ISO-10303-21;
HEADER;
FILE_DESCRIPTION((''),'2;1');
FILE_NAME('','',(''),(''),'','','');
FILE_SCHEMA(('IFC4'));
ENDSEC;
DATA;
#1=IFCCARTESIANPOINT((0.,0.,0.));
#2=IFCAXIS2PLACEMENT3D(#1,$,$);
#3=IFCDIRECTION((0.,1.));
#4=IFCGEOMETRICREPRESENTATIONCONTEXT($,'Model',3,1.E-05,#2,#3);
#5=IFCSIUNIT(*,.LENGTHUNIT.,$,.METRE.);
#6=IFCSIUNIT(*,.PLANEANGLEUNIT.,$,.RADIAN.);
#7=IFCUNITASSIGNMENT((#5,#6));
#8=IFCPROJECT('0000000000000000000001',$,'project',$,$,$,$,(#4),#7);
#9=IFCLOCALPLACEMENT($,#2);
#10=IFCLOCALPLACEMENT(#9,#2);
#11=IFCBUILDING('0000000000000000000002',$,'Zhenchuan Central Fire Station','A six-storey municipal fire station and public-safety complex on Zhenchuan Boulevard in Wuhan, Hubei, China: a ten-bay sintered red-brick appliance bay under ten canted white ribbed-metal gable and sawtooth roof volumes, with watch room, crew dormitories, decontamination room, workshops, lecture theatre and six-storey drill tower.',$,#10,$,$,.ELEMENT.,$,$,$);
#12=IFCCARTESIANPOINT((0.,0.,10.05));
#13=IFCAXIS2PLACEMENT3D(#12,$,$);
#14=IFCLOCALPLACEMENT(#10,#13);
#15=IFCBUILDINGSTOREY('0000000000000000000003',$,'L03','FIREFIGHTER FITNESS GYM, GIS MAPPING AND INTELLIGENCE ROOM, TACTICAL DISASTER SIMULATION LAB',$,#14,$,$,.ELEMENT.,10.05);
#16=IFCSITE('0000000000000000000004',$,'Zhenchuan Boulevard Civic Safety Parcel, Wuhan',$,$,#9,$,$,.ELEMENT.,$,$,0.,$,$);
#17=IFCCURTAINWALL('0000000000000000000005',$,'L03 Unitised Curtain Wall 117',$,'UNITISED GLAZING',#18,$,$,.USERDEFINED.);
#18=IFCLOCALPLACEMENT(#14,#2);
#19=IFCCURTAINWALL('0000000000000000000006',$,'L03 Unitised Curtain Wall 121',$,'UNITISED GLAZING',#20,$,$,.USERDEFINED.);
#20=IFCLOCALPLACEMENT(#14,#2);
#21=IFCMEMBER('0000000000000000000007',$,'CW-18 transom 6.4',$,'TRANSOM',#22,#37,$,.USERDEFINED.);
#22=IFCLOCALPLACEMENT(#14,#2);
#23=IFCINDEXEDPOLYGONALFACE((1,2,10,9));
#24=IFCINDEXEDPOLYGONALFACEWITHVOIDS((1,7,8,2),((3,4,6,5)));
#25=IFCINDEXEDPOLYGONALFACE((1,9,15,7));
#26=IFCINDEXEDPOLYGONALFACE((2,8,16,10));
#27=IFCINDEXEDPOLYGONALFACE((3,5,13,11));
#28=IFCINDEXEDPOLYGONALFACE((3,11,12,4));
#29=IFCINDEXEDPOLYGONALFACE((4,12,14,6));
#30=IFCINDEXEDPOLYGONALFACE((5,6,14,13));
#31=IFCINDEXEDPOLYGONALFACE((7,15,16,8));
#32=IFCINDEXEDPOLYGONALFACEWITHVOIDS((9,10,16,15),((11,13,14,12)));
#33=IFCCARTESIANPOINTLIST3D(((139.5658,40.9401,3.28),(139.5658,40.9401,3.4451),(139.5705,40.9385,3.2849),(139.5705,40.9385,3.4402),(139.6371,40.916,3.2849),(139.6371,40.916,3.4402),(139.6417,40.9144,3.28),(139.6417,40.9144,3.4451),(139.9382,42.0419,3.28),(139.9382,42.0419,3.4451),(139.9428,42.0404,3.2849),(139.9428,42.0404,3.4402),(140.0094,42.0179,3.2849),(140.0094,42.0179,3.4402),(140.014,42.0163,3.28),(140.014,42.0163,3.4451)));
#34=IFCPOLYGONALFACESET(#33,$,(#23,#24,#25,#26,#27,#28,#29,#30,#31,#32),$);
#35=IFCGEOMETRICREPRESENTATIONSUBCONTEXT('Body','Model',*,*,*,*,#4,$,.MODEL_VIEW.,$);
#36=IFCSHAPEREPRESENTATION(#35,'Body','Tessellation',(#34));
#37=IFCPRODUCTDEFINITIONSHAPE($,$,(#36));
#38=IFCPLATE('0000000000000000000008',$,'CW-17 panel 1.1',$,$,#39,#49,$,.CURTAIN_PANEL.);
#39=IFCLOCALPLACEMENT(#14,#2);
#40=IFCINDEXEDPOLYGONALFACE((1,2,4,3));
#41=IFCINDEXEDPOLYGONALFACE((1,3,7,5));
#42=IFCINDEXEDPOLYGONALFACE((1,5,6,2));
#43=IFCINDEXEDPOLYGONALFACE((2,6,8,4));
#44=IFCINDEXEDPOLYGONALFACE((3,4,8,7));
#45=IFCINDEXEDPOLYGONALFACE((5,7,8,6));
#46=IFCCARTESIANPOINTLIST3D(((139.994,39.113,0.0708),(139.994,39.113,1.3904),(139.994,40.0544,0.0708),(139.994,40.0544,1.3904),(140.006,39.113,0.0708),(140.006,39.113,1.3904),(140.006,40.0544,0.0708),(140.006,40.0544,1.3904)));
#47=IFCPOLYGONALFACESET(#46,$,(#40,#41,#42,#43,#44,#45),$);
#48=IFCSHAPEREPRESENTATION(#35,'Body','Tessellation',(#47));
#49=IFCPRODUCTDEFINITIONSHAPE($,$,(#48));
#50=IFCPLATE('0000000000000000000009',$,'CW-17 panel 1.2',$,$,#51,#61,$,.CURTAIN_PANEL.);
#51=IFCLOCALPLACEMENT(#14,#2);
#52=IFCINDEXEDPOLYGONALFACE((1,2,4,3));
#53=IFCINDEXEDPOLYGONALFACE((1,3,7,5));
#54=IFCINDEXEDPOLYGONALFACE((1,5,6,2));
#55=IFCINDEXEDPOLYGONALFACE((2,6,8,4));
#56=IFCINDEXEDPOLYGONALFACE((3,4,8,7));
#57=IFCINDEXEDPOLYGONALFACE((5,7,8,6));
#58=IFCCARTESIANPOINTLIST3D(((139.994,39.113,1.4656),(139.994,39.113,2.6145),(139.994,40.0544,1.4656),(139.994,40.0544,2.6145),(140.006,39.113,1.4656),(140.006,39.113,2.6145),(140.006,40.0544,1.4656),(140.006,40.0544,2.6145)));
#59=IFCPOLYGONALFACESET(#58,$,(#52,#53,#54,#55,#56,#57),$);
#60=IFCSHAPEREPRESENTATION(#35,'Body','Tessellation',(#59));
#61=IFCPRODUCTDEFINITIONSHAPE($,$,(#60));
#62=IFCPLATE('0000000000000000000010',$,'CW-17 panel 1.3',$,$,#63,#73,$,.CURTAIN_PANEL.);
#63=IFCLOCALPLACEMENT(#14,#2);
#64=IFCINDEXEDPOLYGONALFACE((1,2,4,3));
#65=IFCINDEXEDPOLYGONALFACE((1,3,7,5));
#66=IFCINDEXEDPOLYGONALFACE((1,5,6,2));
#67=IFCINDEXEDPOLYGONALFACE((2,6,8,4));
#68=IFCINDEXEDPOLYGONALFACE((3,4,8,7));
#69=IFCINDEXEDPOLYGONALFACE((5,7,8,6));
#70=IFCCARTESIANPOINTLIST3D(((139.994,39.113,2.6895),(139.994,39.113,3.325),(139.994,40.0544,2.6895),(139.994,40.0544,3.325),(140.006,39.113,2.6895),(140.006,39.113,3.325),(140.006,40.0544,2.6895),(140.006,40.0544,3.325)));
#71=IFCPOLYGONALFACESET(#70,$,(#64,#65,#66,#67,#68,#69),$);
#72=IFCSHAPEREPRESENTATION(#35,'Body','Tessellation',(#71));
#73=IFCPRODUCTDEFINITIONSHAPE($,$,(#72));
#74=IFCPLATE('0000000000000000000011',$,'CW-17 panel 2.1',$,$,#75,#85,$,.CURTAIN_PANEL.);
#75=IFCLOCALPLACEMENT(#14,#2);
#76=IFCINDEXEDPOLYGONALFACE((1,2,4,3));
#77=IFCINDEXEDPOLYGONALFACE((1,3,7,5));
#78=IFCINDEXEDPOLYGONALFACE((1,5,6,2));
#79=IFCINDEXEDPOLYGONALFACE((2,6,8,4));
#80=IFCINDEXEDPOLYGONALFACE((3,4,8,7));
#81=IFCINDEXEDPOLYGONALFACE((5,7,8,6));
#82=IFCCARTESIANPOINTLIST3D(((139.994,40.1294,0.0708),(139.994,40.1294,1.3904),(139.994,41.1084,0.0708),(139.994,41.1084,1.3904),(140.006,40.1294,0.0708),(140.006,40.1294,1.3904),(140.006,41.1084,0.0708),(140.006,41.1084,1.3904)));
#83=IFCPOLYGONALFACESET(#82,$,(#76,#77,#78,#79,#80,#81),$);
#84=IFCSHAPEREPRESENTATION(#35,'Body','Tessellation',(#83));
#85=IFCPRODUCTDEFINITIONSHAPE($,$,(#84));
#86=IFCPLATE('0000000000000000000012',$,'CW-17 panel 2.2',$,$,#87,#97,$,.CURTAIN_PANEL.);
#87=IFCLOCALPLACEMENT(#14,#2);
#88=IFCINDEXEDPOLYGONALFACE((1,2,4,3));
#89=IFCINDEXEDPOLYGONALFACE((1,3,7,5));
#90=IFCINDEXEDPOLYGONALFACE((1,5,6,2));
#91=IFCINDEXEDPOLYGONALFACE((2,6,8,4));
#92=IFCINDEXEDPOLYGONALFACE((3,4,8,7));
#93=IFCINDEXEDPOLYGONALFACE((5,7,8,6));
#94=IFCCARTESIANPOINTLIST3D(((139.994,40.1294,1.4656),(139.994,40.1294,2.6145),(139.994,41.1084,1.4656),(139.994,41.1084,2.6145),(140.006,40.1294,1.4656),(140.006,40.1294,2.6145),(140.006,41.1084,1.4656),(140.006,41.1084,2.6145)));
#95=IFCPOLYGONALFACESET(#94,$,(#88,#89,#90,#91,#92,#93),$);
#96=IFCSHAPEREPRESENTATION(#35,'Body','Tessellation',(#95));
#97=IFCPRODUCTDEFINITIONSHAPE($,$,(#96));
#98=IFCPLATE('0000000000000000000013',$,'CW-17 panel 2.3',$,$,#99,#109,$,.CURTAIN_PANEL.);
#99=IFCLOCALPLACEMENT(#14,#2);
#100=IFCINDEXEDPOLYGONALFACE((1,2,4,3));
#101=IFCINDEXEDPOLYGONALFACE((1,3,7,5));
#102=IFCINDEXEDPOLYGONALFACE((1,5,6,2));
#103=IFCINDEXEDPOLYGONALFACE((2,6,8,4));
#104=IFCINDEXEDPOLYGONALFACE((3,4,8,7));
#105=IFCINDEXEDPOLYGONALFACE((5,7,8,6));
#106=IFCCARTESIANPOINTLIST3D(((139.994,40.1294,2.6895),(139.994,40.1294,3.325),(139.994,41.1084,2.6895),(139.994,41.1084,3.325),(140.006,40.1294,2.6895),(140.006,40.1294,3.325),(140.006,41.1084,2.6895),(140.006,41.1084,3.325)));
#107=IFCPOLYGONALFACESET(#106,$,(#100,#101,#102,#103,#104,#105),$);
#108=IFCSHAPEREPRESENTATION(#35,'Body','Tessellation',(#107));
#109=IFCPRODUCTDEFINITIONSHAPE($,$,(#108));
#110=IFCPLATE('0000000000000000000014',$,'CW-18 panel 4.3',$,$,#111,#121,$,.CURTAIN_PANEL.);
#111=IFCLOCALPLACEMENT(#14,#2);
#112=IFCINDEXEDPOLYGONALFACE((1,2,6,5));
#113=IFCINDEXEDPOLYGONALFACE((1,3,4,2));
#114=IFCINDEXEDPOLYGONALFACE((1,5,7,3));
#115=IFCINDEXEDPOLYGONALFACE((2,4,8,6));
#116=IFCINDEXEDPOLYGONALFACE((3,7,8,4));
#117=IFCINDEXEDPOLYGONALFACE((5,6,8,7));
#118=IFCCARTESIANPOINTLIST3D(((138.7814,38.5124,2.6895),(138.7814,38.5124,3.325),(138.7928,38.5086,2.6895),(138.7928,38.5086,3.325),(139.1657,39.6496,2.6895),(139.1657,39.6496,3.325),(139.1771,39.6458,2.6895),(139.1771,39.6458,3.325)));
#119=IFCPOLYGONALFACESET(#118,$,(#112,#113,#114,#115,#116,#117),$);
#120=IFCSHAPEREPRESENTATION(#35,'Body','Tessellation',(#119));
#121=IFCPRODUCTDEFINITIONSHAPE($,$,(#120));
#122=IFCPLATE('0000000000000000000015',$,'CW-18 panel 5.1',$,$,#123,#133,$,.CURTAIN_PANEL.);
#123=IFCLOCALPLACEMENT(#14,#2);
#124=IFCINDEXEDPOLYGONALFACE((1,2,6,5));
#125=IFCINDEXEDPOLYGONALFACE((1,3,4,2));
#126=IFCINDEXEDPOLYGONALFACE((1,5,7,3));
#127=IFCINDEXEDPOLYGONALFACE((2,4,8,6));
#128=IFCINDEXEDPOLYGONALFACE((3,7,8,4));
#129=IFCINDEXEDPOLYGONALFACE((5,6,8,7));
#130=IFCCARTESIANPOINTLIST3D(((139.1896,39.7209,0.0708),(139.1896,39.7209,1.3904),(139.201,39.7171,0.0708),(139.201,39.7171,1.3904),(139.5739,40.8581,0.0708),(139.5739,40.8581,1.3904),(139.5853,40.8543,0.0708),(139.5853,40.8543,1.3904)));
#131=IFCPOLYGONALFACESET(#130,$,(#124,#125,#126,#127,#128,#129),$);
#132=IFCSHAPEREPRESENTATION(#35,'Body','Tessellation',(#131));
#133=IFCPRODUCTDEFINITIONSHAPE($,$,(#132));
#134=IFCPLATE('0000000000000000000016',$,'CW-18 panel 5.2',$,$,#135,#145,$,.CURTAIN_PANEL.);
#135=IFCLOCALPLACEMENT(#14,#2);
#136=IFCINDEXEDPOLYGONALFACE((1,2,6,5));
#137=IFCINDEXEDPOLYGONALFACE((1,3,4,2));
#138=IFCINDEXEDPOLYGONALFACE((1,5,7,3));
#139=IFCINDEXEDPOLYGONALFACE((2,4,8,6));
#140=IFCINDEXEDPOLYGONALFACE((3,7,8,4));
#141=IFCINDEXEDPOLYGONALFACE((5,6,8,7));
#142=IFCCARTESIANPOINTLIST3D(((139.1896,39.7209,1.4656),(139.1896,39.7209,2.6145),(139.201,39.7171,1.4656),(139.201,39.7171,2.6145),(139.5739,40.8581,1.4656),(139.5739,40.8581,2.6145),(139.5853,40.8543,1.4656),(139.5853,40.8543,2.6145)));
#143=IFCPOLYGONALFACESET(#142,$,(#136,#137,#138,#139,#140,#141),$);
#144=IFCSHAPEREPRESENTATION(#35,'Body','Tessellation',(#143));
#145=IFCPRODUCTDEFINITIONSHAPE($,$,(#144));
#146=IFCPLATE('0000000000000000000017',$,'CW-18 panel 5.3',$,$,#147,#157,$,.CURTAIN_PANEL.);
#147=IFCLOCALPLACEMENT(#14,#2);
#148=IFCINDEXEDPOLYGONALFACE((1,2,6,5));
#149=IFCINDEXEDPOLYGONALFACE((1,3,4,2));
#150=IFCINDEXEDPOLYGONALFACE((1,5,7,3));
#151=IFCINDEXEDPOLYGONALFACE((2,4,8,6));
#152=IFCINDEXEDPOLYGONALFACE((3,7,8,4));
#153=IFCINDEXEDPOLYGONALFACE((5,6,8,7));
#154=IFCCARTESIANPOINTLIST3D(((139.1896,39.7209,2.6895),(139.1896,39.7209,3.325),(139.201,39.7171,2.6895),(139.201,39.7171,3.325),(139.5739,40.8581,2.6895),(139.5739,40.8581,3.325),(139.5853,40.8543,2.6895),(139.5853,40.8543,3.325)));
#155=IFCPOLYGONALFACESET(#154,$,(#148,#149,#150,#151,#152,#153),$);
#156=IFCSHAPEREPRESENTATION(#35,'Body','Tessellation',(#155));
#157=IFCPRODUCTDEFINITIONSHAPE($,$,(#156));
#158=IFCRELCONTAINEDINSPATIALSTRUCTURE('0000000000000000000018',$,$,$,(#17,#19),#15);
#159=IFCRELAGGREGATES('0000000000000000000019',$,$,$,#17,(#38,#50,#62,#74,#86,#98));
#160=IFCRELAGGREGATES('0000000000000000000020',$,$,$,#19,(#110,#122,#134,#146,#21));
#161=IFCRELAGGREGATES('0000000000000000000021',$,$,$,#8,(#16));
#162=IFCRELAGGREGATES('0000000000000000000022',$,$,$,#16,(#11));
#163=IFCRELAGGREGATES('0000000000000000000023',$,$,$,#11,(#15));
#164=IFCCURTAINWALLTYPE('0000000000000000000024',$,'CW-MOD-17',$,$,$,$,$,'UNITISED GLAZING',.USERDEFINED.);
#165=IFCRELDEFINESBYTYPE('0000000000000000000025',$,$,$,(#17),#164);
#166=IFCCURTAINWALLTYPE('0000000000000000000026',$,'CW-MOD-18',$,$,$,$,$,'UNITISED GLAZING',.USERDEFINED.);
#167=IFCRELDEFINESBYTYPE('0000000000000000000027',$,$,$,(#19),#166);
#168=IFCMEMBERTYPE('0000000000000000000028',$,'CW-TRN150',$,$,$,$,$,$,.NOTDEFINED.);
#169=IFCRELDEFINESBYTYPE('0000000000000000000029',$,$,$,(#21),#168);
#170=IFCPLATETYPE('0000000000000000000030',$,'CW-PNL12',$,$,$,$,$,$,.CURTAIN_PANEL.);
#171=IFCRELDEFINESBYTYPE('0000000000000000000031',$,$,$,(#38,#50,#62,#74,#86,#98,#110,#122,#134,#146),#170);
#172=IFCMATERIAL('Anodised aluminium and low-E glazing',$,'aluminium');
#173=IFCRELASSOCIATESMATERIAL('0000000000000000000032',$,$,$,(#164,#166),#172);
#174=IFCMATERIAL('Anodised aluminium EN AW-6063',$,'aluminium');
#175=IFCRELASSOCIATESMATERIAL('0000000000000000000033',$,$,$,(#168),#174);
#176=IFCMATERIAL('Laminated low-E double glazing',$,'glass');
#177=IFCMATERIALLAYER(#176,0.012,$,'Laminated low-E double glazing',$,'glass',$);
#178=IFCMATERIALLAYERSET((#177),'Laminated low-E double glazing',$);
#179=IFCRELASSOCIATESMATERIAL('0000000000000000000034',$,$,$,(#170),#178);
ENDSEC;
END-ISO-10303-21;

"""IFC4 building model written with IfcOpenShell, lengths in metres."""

from ifc_helpers import new_model, si_unit, direction, frame, origin, origin_2d, place, context, subcontext, project, spatial, rectangle, hollow_rectangle, extrude, material, layer, layer_set, material_profile, profile_set, type_object, element, aggregate, save


model = new_model("IFC4")

# Units and contexts
model_context = context("Model", 3, precision=1e-05, world=origin(), true_north=direction((0.0, 1.0)))
body_context = subcontext(model_context, "Body", "Model", "MODEL_VIEW")
ifc_project = project(units=[si_unit("LENGTHUNIT", "METRE"), si_unit("PLANEANGLEUNIT", "RADIAN")], contexts=[model_context])

# Site, building, storey
site_placement = place(None, origin())
site = spatial("IfcSite", under=ifc_project, at=site_placement, Name="Zhenchuan Boulevard Civic Safety Parcel, Wuhan", CompositionType="ELEMENT", RefElevation=0.0)
building_placement = place(site_placement, origin())
building = spatial("IfcBuilding", under=site, at=building_placement, Name="Zhenchuan Central Fire Station", Description="A six-storey municipal fire station and public-safety complex on Zhenchuan Boulevard in Wuhan, Hubei, China: a ten-bay sintered red-brick appliance bay under ten canted white ribbed-metal gable and sawtooth roof volumes, with watch room, crew dormitories, decontamination room, workshops, lecture theatre and six-storey drill tower.", CompositionType="ELEMENT")
storey_placement = place(building_placement, frame((0.0, 0.0, 10.05)))
storey = spatial("IfcBuildingStorey", under=building, at=storey_placement, Name="L03", Description="FIREFIGHTER FITNESS GYM, GIS MAPPING AND INTELLIGENCE ROOM, TACTICAL DISASTER SIMULATION LAB", CompositionType="ELEMENT", Elevation=10.05)

# Curtain walls
ifc_material_1 = material(Name="Anodised aluminium and low-E glazing", Category="aluminium")
curtain_wall_type_1 = type_object("IfcCurtainWallType", Name="CW-MOD-17", ElementType="UNITISED GLAZING", PredefinedType="USERDEFINED", material=ifc_material_1)
curtain_wall_1_placement = place(storey_placement, origin())
curtain_wall_1 = element("IfcCurtainWall", 1, at=curtain_wall_1_placement, inside=storey, type_object=curtain_wall_type_1, Name="L03 Unitised Curtain Wall 117", ObjectType="UNITISED GLAZING", PredefinedType="USERDEFINED")
ifc_material_2 = material(Name="Anodised aluminium EN AW-6063", Category="aluminium")
curtain_wall_type_2 = type_object("IfcCurtainWallType", Name="CW-MOD-18", ElementType="UNITISED GLAZING", PredefinedType="USERDEFINED", material=ifc_material_1)
curtain_wall_2_placement = place(storey_placement, origin())
curtain_wall_2 = element("IfcCurtainWall", 2, at=curtain_wall_2_placement, inside=storey, type_object=curtain_wall_type_2, Name="L03 Unitised Curtain Wall 121", ObjectType="UNITISED GLAZING", PredefinedType="USERDEFINED")

# Member
ifc_material_profile_1 = material_profile(ifc_material_2, hollow_rectangle(XDim=0.0801, YDim=0.165, WallThickness=0.0049, at=origin_2d()), Name="ALU-T 165x80")
ifc_profile_set_1 = profile_set([ifc_material_profile_1], Name="Anodised aluminium EN AW-6063")
member_type_1 = type_object("IfcMemberType", Name="CW-TRN150", PredefinedType="NOTDEFINED", material=ifc_profile_set_1)
member_1_placement = place(storey_placement, frame((139.6038, 40.9272, 3.3625), z_axis=(0.32013, 0.947374, 0.0), x_axis=(-0.947374, 0.32013, 0.0)))
member_1 = element("IfcMember", 3, at=member_1_placement, type_object=member_type_1, Name="CW-18 transom 6.4", ObjectType="TRANSOM", PredefinedType="USERDEFINED", context=body_context, shape_type="SweptSolid", body=[
    extrude(hollow_rectangle(XDim=0.0801, YDim=0.165, WallThickness=0.0049, at=origin_2d()), origin(), (0.0, 0.0, 1.0), 1.1631),
])

# Plates
ifc_material_3 = material(Name="Laminated low-E double glazing", Category="glass")
ifc_layer = layer(ifc_material_3, 0.012, Name="Laminated low-E double glazing", Category="glass")
ifc_layer_set = layer_set([ifc_layer], Name="Laminated low-E double glazing")
plate_type = type_object("IfcPlateType", Name="CW-PNL12", PredefinedType="CURTAIN_PANEL", material=ifc_layer_set)
plate_1_placement = place(storey_placement, frame((140.0, 39.5837, 0.0708), z_axis=(0.0, 0.0, 1.0), x_axis=(0.0, 1.0, 0.0)))
plate_1 = element("IfcPlate", 4, at=plate_1_placement, type_object=plate_type, Name="CW-17 panel 1.1", PredefinedType="CURTAIN_PANEL", context=body_context, shape_type="SweptSolid", body=[
    extrude(rectangle(XDim=0.9414, YDim=0.012, at=origin_2d()), origin(), (0.0, 0.0, 1.0), 1.3196),
])
plate_2_placement = place(storey_placement, frame((140.0, 39.5837, 1.4656), z_axis=(0.0, 0.0, 1.0), x_axis=(0.0, 1.0, 0.0)))
plate_2 = element("IfcPlate", 5, at=plate_2_placement, type_object=plate_type, Name="CW-17 panel 1.2", PredefinedType="CURTAIN_PANEL", context=body_context, shape_type="SweptSolid", body=[
    extrude(rectangle(XDim=0.9414, YDim=0.012, at=origin_2d()), origin(), (0.0, 0.0, 1.0), 1.1489),
])
plate_3_placement = place(storey_placement, frame((140.0, 39.5837, 2.6895), z_axis=(0.0, 0.0, 1.0), x_axis=(0.0, 1.0, 0.0)))
plate_3 = element("IfcPlate", 6, at=plate_3_placement, type_object=plate_type, Name="CW-17 panel 1.3", PredefinedType="CURTAIN_PANEL", context=body_context, shape_type="SweptSolid", body=[
    extrude(rectangle(XDim=0.9414, YDim=0.012, at=origin_2d()), origin(), (0.0, 0.0, 1.0), 0.6355),
])
plate_4_placement = place(storey_placement, frame((140.0, 40.6189, 0.0708), z_axis=(0.0, 0.0, 1.0), x_axis=(0.0, 1.0, 0.0)))
plate_4 = element("IfcPlate", 7, at=plate_4_placement, type_object=plate_type, Name="CW-17 panel 2.1", PredefinedType="CURTAIN_PANEL", context=body_context, shape_type="SweptSolid", body=[
    extrude(rectangle(XDim=0.979, YDim=0.012, at=origin_2d()), origin(), (0.0, 0.0, 1.0), 1.3196),
])
plate_5_placement = place(storey_placement, frame((140.0, 40.6189, 1.4656), z_axis=(0.0, 0.0, 1.0), x_axis=(0.0, 1.0, 0.0)))
plate_5 = element("IfcPlate", 8, at=plate_5_placement, type_object=plate_type, Name="CW-17 panel 2.2", PredefinedType="CURTAIN_PANEL", context=body_context, shape_type="SweptSolid", body=[
    extrude(rectangle(XDim=0.979, YDim=0.012, at=origin_2d()), origin(), (0.0, 0.0, 1.0), 1.1489),
])
plate_6_placement = place(storey_placement, frame((140.0, 40.6189, 2.6895), z_axis=(0.0, 0.0, 1.0), x_axis=(0.0, 1.0, 0.0)))
plate_6 = element("IfcPlate", 9, at=plate_6_placement, type_object=plate_type, Name="CW-17 panel 2.3", PredefinedType="CURTAIN_PANEL", context=body_context, shape_type="SweptSolid", body=[
    extrude(rectangle(XDim=0.979, YDim=0.012, at=origin_2d()), origin(), (0.0, 0.0, 1.0), 0.6355),
])
aggregate(curtain_wall_1, [plate_1, plate_2, plate_3, plate_4, plate_5, plate_6])
plate_7_placement = place(storey_placement, frame((138.9792, 39.0791, 2.6895), z_axis=(0.0, 0.0, 1.0), x_axis=(0.320145, 0.947368, 0.0)))
plate_7 = element("IfcPlate", 10, at=plate_7_placement, type_object=plate_type, Name="CW-18 panel 4.3", PredefinedType="CURTAIN_PANEL", context=body_context, shape_type="SweptSolid", body=[
    extrude(rectangle(XDim=1.2004, YDim=0.012, at=origin_2d()), origin(), (0.0, 0.0, 1.0), 0.6355),
])
plate_8_placement = place(storey_placement, frame((139.3875, 40.2876, 0.0708), z_axis=(0.0, 0.0, 1.0), x_axis=(0.320145, 0.947368, 0.0)))
plate_8 = element("IfcPlate", 11, at=plate_8_placement, type_object=plate_type, Name="CW-18 panel 5.1", PredefinedType="CURTAIN_PANEL", context=body_context, shape_type="SweptSolid", body=[
    extrude(rectangle(XDim=1.2004, YDim=0.012, at=origin_2d()), origin(), (0.0, 0.0, 1.0), 1.3196),
])
plate_9_placement = place(storey_placement, frame((139.3875, 40.2876, 1.4656), z_axis=(0.0, 0.0, 1.0), x_axis=(0.320145, 0.947368, 0.0)))
plate_9 = element("IfcPlate", 12, at=plate_9_placement, type_object=plate_type, Name="CW-18 panel 5.2", PredefinedType="CURTAIN_PANEL", context=body_context, shape_type="SweptSolid", body=[
    extrude(rectangle(XDim=1.2004, YDim=0.012, at=origin_2d()), origin(), (0.0, 0.0, 1.0), 1.1489),
])
plate_10_placement = place(storey_placement, frame((139.3875, 40.2876, 2.6895), z_axis=(0.0, 0.0, 1.0), x_axis=(0.320145, 0.947368, 0.0)))
plate_10 = element("IfcPlate", 13, at=plate_10_placement, type_object=plate_type, Name="CW-18 panel 5.3", PredefinedType="CURTAIN_PANEL", context=body_context, shape_type="SweptSolid", body=[
    extrude(rectangle(XDim=1.2004, YDim=0.012, at=origin_2d()), origin(), (0.0, 0.0, 1.0), 0.6355),
])
aggregate(curtain_wall_2, [plate_7, plate_8, plate_9, plate_10, member_1])

save(model, "model.ifc")
